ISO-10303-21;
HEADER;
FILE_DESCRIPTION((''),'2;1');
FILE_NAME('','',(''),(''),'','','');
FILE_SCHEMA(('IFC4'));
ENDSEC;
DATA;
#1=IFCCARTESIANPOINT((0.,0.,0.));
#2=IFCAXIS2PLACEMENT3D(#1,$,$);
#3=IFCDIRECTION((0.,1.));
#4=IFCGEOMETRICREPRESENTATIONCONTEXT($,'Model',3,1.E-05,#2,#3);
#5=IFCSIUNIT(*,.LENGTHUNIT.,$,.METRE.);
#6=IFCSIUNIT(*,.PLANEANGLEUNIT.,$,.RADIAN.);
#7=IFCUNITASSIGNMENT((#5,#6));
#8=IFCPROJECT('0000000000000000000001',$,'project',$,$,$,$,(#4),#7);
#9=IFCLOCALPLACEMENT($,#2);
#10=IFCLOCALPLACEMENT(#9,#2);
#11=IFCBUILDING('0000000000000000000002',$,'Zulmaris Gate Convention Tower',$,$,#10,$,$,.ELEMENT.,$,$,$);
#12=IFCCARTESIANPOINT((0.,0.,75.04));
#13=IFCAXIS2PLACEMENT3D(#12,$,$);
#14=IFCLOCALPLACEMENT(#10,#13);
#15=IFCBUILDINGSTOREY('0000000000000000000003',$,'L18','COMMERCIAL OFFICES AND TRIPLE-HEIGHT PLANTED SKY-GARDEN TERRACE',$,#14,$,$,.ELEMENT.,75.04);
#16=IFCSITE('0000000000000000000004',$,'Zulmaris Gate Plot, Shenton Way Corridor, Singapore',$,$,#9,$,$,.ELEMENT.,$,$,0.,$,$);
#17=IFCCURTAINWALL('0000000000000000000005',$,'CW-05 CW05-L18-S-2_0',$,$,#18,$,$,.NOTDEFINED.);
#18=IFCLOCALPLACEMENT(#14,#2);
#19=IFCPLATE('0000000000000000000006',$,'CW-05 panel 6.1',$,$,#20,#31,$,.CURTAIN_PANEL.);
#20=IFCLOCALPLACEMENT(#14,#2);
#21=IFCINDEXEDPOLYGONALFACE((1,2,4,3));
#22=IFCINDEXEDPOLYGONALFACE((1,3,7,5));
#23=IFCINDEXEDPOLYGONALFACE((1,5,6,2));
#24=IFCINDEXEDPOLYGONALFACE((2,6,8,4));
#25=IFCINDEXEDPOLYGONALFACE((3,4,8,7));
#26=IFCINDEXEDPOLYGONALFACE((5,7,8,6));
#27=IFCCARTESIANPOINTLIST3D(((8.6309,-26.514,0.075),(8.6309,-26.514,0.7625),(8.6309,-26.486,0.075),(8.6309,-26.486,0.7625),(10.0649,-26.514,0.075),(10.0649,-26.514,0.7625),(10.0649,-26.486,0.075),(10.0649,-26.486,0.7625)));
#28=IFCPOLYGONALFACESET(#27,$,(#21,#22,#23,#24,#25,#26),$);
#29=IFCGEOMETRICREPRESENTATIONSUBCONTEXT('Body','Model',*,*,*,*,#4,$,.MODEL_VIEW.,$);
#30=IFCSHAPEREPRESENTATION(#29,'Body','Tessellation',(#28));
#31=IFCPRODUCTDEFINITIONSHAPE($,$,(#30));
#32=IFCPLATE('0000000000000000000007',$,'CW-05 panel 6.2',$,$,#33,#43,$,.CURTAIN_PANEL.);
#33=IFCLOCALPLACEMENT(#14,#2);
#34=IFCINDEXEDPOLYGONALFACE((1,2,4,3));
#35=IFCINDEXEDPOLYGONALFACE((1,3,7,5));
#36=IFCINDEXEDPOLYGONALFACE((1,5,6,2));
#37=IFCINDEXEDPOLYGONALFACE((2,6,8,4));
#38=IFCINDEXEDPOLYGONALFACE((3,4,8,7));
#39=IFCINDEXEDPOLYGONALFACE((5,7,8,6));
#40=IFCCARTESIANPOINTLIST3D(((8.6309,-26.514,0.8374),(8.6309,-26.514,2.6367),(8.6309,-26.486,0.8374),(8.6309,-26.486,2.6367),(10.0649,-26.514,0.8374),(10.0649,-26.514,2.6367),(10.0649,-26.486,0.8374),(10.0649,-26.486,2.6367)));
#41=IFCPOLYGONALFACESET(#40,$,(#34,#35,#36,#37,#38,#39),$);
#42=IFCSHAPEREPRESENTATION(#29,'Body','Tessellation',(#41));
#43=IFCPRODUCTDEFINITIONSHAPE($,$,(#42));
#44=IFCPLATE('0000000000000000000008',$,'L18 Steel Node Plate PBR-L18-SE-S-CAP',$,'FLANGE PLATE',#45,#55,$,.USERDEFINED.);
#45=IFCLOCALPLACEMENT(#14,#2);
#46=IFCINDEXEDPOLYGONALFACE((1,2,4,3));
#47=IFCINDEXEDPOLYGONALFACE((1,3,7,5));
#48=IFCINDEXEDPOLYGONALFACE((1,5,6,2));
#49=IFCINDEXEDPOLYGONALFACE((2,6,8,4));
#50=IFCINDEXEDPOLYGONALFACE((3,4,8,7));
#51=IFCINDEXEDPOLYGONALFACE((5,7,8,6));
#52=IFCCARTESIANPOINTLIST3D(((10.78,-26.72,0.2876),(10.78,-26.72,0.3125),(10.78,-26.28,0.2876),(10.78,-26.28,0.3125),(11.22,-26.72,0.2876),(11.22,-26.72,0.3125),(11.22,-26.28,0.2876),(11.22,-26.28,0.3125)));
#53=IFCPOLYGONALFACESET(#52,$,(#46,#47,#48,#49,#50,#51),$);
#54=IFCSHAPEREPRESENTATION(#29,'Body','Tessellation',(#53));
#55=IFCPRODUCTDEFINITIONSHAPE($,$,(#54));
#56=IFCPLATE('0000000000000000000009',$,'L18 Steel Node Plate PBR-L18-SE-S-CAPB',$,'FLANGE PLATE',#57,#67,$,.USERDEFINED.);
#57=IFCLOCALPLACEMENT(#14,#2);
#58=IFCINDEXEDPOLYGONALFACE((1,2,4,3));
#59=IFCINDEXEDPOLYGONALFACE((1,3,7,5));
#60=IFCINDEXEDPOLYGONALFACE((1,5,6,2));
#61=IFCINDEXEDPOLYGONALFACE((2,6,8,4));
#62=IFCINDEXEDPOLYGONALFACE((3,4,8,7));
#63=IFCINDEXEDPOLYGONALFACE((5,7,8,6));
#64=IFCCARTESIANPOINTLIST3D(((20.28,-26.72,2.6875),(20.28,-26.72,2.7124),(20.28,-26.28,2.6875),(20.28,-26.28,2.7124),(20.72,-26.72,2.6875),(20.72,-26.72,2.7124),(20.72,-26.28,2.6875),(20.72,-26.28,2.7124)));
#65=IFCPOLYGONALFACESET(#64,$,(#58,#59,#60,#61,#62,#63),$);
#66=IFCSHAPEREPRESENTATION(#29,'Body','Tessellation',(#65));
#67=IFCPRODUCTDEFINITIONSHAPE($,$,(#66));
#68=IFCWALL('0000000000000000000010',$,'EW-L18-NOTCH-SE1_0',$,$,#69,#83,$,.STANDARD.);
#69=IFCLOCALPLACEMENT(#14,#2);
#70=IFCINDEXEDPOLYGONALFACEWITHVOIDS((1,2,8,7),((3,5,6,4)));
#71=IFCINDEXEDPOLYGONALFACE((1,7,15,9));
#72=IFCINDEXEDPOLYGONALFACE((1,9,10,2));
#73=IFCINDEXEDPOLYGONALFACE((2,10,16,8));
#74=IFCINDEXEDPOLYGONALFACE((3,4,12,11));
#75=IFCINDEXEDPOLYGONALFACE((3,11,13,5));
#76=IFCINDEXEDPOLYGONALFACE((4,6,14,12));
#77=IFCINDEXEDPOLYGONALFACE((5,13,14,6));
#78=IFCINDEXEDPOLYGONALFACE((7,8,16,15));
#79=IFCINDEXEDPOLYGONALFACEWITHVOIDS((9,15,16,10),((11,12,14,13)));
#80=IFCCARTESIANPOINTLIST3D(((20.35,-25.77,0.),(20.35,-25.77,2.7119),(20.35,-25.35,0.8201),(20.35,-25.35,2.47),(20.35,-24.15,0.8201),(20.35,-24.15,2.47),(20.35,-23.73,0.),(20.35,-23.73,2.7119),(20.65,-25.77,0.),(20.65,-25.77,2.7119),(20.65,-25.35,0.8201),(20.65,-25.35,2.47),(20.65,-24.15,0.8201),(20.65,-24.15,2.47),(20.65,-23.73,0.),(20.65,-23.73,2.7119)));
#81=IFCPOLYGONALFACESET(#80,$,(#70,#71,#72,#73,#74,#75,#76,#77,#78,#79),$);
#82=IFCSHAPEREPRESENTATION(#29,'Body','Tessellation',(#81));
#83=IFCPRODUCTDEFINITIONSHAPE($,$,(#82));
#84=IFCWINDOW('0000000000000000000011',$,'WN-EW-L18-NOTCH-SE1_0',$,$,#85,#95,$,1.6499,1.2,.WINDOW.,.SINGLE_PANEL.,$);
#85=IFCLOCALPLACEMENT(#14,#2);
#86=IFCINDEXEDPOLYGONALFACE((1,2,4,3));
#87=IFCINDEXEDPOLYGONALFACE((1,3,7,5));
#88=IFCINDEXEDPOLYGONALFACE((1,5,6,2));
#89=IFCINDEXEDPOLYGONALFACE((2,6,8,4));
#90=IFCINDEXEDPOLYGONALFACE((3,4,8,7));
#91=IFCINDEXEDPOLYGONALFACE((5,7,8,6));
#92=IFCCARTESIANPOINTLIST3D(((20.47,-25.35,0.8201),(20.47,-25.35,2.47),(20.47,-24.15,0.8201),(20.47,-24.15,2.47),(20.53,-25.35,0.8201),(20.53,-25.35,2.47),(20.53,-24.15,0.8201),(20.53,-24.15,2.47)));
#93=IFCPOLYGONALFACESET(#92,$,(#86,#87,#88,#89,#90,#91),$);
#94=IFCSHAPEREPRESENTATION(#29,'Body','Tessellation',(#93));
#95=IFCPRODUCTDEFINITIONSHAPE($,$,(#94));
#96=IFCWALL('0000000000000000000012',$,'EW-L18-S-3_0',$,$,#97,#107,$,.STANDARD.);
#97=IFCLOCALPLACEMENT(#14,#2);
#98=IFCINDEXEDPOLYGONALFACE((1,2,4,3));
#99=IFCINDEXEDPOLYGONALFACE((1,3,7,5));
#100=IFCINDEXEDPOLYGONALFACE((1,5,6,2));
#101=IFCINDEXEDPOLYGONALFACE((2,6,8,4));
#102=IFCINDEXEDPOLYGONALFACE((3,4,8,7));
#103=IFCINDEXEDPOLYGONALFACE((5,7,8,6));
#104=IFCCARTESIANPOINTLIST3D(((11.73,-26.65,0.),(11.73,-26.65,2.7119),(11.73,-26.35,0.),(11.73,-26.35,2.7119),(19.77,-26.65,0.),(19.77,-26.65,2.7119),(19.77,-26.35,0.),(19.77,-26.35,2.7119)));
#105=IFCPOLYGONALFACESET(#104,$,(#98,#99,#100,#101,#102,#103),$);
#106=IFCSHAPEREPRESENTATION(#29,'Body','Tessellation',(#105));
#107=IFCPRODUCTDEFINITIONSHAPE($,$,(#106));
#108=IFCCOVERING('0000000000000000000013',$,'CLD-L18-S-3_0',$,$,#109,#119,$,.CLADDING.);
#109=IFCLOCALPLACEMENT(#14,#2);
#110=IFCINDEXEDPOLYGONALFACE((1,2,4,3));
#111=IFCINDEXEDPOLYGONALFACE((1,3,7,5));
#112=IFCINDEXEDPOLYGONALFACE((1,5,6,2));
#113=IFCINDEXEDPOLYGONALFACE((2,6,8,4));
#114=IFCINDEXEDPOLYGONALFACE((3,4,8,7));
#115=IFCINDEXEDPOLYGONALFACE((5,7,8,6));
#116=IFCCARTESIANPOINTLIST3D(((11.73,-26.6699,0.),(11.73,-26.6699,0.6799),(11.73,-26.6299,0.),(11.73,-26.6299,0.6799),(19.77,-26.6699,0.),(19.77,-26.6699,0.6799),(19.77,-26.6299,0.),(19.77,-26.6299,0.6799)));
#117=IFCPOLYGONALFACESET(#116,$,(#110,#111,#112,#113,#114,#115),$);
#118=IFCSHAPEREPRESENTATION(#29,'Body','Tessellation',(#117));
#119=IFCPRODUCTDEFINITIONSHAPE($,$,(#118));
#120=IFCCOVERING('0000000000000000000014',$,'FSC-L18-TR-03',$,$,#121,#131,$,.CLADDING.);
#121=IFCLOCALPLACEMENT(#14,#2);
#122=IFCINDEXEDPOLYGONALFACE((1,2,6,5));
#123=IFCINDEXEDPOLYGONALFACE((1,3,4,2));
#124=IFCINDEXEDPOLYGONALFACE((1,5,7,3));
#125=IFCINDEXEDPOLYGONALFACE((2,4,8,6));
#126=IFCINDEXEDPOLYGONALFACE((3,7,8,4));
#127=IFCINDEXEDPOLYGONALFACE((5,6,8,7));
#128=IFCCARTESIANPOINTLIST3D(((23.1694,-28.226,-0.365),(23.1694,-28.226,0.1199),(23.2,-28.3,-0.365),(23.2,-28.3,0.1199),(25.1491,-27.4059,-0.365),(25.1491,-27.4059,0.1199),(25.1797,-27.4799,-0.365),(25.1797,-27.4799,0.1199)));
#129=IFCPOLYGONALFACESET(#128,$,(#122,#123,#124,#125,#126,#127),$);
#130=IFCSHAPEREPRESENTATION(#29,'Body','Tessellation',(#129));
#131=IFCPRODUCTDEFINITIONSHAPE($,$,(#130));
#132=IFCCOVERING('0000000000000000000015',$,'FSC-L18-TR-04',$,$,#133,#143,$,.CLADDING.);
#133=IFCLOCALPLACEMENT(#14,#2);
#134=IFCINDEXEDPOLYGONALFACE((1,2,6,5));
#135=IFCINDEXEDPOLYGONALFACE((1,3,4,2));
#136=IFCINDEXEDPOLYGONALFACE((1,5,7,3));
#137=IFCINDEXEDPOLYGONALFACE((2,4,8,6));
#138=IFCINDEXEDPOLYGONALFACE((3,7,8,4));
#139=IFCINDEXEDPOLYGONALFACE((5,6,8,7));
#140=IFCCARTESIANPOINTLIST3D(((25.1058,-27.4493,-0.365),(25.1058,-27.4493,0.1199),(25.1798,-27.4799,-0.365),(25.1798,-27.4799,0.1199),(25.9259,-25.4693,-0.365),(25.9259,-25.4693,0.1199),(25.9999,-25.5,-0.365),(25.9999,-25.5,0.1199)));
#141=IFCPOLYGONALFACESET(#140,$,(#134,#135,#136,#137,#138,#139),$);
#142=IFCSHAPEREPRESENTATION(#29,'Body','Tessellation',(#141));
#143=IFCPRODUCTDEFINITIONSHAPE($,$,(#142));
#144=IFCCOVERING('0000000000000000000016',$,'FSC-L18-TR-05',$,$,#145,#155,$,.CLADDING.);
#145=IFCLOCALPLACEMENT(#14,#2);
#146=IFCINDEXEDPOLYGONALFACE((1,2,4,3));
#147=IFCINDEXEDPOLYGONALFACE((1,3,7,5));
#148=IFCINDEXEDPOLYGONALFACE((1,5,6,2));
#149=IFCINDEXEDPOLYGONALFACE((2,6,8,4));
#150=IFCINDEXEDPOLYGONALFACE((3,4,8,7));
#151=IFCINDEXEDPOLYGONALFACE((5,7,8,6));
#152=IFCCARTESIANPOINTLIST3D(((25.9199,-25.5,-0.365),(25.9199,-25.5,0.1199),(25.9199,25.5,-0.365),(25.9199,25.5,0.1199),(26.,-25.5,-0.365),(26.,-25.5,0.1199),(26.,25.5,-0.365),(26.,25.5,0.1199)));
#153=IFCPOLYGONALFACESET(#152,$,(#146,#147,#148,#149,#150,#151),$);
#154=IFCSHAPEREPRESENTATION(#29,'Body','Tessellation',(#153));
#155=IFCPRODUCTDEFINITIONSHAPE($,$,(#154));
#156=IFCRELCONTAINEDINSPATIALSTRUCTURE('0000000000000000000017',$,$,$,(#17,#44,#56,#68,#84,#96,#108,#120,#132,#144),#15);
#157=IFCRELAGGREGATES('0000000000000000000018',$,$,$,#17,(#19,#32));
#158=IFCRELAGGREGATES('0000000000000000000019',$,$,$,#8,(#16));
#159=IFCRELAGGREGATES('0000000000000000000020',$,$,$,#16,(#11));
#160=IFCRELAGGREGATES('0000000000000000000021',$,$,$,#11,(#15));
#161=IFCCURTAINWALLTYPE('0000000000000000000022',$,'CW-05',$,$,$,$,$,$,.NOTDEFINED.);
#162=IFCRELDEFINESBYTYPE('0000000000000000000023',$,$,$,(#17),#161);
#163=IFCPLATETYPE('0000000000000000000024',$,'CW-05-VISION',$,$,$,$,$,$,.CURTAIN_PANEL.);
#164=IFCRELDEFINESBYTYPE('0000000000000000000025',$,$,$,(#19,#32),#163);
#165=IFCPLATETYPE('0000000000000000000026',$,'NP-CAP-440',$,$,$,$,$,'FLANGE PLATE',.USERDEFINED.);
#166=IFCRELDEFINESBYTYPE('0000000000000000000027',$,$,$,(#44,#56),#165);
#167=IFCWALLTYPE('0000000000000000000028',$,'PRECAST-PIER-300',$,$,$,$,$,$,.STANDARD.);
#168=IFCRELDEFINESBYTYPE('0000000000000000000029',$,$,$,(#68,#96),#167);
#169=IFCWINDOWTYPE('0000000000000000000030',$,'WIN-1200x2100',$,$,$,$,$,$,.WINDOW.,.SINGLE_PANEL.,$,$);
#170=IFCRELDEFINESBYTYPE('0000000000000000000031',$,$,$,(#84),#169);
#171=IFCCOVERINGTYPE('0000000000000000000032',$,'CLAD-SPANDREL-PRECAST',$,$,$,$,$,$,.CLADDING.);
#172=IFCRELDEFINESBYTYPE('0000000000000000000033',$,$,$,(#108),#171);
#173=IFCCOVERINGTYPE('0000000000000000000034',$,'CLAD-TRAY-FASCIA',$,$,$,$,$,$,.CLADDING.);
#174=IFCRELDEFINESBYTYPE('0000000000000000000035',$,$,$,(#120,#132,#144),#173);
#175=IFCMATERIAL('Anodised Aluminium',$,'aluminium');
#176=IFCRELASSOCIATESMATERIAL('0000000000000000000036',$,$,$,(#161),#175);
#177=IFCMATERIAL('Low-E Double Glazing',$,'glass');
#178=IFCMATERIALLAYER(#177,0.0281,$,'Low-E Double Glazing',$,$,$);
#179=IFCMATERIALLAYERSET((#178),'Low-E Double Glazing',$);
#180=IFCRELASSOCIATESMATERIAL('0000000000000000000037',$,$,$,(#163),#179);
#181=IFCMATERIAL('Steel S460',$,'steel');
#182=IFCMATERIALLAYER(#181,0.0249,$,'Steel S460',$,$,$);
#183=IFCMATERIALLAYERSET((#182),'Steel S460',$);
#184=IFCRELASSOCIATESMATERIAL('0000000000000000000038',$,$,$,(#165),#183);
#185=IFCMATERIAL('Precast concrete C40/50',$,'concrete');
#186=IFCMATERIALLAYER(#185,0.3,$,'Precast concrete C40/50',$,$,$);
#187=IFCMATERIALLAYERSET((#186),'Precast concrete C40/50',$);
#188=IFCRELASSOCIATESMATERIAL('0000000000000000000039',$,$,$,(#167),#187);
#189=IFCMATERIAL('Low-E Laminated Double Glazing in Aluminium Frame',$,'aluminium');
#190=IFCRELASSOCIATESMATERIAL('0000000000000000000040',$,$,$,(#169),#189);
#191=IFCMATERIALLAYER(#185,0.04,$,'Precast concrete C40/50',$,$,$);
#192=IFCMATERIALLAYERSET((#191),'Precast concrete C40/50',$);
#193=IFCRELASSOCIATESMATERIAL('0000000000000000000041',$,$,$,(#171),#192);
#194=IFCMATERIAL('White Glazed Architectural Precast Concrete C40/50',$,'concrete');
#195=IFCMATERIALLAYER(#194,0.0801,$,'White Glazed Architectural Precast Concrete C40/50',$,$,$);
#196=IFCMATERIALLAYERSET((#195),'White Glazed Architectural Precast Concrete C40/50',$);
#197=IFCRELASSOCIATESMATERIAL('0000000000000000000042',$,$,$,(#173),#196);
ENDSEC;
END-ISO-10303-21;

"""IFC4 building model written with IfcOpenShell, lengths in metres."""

from ifc_helpers import new_model, si_unit, direction, frame, frame_2d, origin, origin_2d, place, context, subcontext, project, spatial, rectangle, extrude, material, layer, layer_set, type_object, element, fill, aggregate, save


model = new_model("IFC4")

# Units and contexts
model_context = context("Model", 3, precision=1e-05, world=origin(), true_north=direction((0.0, 1.0)))
body_context = subcontext(model_context, "Body", "Model", "MODEL_VIEW")
ifc_project = project(units=[si_unit("LENGTHUNIT", "METRE"), si_unit("PLANEANGLEUNIT", "RADIAN")], contexts=[model_context])

# Site, building, storey
site_placement = place(None, origin())
site = spatial("IfcSite", under=ifc_project, at=site_placement, Name="Zulmaris Gate Plot, Shenton Way Corridor, Singapore", CompositionType="ELEMENT", RefElevation=0.0)
building_placement = place(site_placement, origin())
building = spatial("IfcBuilding", under=site, at=building_placement, Name="Zulmaris Gate Convention Tower", CompositionType="ELEMENT")
storey_placement = place(building_placement, frame((0.0, 0.0, 75.04)))
storey = spatial("IfcBuildingStorey", under=building, at=storey_placement, Name="L18", Description="COMMERCIAL OFFICES AND TRIPLE-HEIGHT PLANTED SKY-GARDEN TERRACE", CompositionType="ELEMENT", Elevation=75.04)

# Shared definitions
ifc_material_1 = material(Name="Steel S460", Category="steel")

# Curtain wall, plates
ifc_material_2 = material(Name="Anodised Aluminium", Category="aluminium")
curtain_wall_type = type_object("IfcCurtainWallType", Name="CW-05", PredefinedType="NOTDEFINED", material=ifc_material_2)
curtain_wall_placement = place(storey_placement, origin())
curtain_wall = element("IfcCurtainWall", 1, at=curtain_wall_placement, inside=storey, type_object=curtain_wall_type, Name="CW-05 CW05-L18-S-2_0", PredefinedType="NOTDEFINED")
ifc_material_3 = material(Name="Low-E Double Glazing", Category="glass")
ifc_layer_1 = layer(ifc_material_3, 0.0281, Name="Low-E Double Glazing")
ifc_layer_set_1 = layer_set([ifc_layer_1], Name="Low-E Double Glazing")
plate_type_1 = type_object("IfcPlateType", Name="CW-05-VISION", PredefinedType="CURTAIN_PANEL", material=ifc_layer_set_1)
plate_1_placement = place(storey_placement, frame((9.3479, -26.5, 0.075), z_axis=(0.0, 0.0, 1.0), x_axis=(1.0, 0.0, 0.0)))
plate_1 = element("IfcPlate", 2, at=plate_1_placement, type_object=plate_type_1, Name="CW-05 panel 6.1", PredefinedType="CURTAIN_PANEL", context=body_context, shape_type="SweptSolid", body=[
    extrude(rectangle(XDim=1.4341, YDim=0.0281, at=origin_2d()), origin(), (0.0, 0.0, 1.0), 0.6875),
])
plate_2_placement = place(storey_placement, frame((9.3479, -26.5, 0.8374), z_axis=(0.0, 0.0, 1.0), x_axis=(1.0, 0.0, 0.0)))
plate_2 = element("IfcPlate", 3, at=plate_2_placement, type_object=plate_type_1, Name="CW-05 panel 6.2", PredefinedType="CURTAIN_PANEL", context=body_context, shape_type="SweptSolid", body=[
    extrude(rectangle(XDim=1.4341, YDim=0.0281, at=origin_2d()), origin(), (0.0, 0.0, 1.0), 1.7993),
])
aggregate(curtain_wall, [plate_1, plate_2])

# Plates
ifc_layer_2 = layer(ifc_material_1, 0.0249, Name="Steel S460")
ifc_layer_set_2 = layer_set([ifc_layer_2], Name="Steel S460")
plate_type_2 = type_object("IfcPlateType", Name="NP-CAP-440", ElementType="FLANGE PLATE", PredefinedType="USERDEFINED", material=ifc_layer_set_2)
for number, where, z_axis, x_axis, name in (
    (4, (11.0, -26.5, 0.2876), (0.0, 0.0, 1.0), (1.0, 0.0, 0.0), "L18 Steel Node Plate PBR-L18-SE-S-CAP"),
    (5, (20.5, -26.5, 2.6875), (0.0, 0.0, 1.0), (1.0, 0.0, 0.0), "L18 Steel Node Plate PBR-L18-SE-S-CAPB"),
):
    element("IfcPlate", number, at=place(storey_placement, frame(where, z_axis=z_axis, x_axis=x_axis)), inside=storey, type_object=plate_type_2, Name=name, ObjectType="FLANGE PLATE", PredefinedType="USERDEFINED", context=body_context, shape_type="SweptSolid", body=[
        extrude(rectangle(XDim=0.4399, YDim=0.4399, at=origin_2d()), origin(), (0.0, 0.0, 1.0), 0.0249),
    ])

# Wall, opening, window
ifc_material_4 = material(Name="Precast concrete C40/50", Category="concrete")
ifc_layer_3 = layer(ifc_material_4, 0.3, Name="Precast concrete C40/50")
ifc_layer_set_3 = layer_set([ifc_layer_3], Name="Precast concrete C40/50")
wall_type = type_object("IfcWallType", Name="PRECAST-PIER-300", PredefinedType="STANDARD", material=ifc_layer_set_3)
wall_1_placement = place(storey_placement, frame((20.5, -25.77, 0.0), z_axis=(0.0, 0.0, 1.0), x_axis=(0.0, 1.0, 0.0)))
wall_1 = element("IfcWall", 6, at=wall_1_placement, inside=storey, type_object=wall_type, Name="EW-L18-NOTCH-SE1_0", PredefinedType="STANDARD", context=body_context, shape_type="SweptSolid", body=[
    extrude(rectangle(XDim=2.04, YDim=0.3, at=frame_2d((1.02, 0.0))), origin(), (0.0, 0.0, 1.0), 2.7119),
])
opening_placement = place(wall_1_placement, frame((0.4199, 0.0, 0.8201)))
opening = element("IfcOpeningElement", 7, at=opening_placement, cuts=wall_1, PredefinedType="OPENING", context=body_context, shape_type="SweptSolid", body=[
    extrude(rectangle(XDim=1.2, YDim=1.6499, at=frame_2d((0.6001, 0.825))), frame((0.0, 0.1602, 0.0), z_axis=(0.0, -1.0, 0.0), x_axis=(1.0, 0.0, 0.0)), (0.0, 0.0, 1.0), 0.3201),
])
ifc_material_5 = material(Name="Low-E Laminated Double Glazing in Aluminium Frame", Category="aluminium")
window_type = type_object("IfcWindowType", Name="WIN-1200x2100", PartitioningType="SINGLE_PANEL", PredefinedType="WINDOW", material=ifc_material_5)
window_placement = place(opening_placement, origin())
window = element("IfcWindow", 8, at=window_placement, inside=storey, type_object=window_type, Name="WN-EW-L18-NOTCH-SE1_0", OverallHeight=1.6499, OverallWidth=1.2, PartitioningType="SINGLE_PANEL", PredefinedType="WINDOW", context=body_context, shape_type="SweptSolid", body=[
    extrude(rectangle(XDim=1.2, YDim=1.6499, at=frame_2d((0.6001, 0.825))), frame((0.0, 0.03, 0.0), z_axis=(0.0, -1.0, 0.0), x_axis=(1.0, 0.0, 0.0)), (0.0, 0.0, 1.0), 0.0601),
])
fill(opening, window)

# Wall
wall_2_placement = place(storey_placement, frame((11.73, -26.5, 0.0), z_axis=(0.0, 0.0, 1.0), x_axis=(1.0, 0.0, 0.0)))
element("IfcWall", 9, at=wall_2_placement, inside=storey, type_object=wall_type, Name="EW-L18-S-3_0", PredefinedType="STANDARD", context=body_context, shape_type="SweptSolid", body=[
    extrude(rectangle(XDim=8.04, YDim=0.3, at=frame_2d((4.02, 0.0))), origin(), (0.0, 0.0, 1.0), 2.7119),
])

# Coverings
ifc_layer_4 = layer(ifc_material_4, 0.04, Name="Precast concrete C40/50")
ifc_layer_set_4 = layer_set([ifc_layer_4], Name="Precast concrete C40/50")
covering_type_1 = type_object("IfcCoveringType", Name="CLAD-SPANDREL-PRECAST", PredefinedType="CLADDING", material=ifc_layer_set_4)
covering_1_placement = place(storey_placement, frame((11.73, -26.6499, 0.0), z_axis=(0.0, 0.0, 1.0), x_axis=(1.0, 0.0, 0.0)))
element("IfcCovering", 10, at=covering_1_placement, inside=storey, type_object=covering_type_1, Name="CLD-L18-S-3_0", PredefinedType="CLADDING", context=body_context, shape_type="SweptSolid", body=[
    extrude(rectangle(XDim=8.04, YDim=0.04, at=frame_2d((4.02, 0.0))), origin(), (0.0, 0.0, 1.0), 0.6799),
])
ifc_material_6 = material(Name="White Glazed Architectural Precast Concrete C40/50", Category="concrete")
ifc_layer_5 = layer(ifc_material_6, 0.0801, Name="White Glazed Architectural Precast Concrete C40/50")
ifc_layer_set_5 = layer_set([ifc_layer_5], Name="White Glazed Architectural Precast Concrete C40/50")
covering_type_2 = type_object("IfcCoveringType", Name="CLAD-TRAY-FASCIA", PredefinedType="CLADDING", material=ifc_layer_set_5)
covering_2_placement = place(storey_placement, frame((23.1848, -28.2629, -0.365), z_axis=(0.0, 0.0, 1.0), x_axis=(0.923874, 0.382697, 0.0)))
element("IfcCovering", 11, at=covering_2_placement, inside=storey, type_object=covering_type_2, Name="FSC-L18-TR-03", PredefinedType="CLADDING", context=body_context, shape_type="SweptSolid", body=[
    extrude(rectangle(XDim=2.1428, YDim=0.0801, at=frame_2d((1.0713, 0.0))), origin(), (0.0, 0.0, 1.0), 0.4849),
])
covering_3_placement = place(storey_placement, frame((25.1428, -27.4646, -0.365), z_axis=(0.0, 0.0, 1.0), x_axis=(0.382657, 0.92389, 0.0)))
element("IfcCovering", 12, at=covering_3_placement, inside=storey, type_object=covering_type_2, Name="FSC-L18-TR-04", PredefinedType="CLADDING", context=body_context, shape_type="SweptSolid", body=[
    extrude(rectangle(XDim=2.1431, YDim=0.0801, at=frame_2d((1.0715, 0.0))), origin(), (0.0, 0.0, 1.0), 0.4849),
])
covering_4_placement = place(storey_placement, frame((25.96, -25.5, -0.365), z_axis=(0.0, 0.0, 1.0), x_axis=(0.0, 1.0, 0.0)))
element("IfcCovering", 13, at=covering_4_placement, inside=storey, type_object=covering_type_2, Name="FSC-L18-TR-05", PredefinedType="CLADDING", context=body_context, shape_type="SweptSolid", body=[
    extrude(rectangle(XDim=51.0, YDim=0.0801, at=frame_2d((25.5, 0.0))), origin(), (0.0, 0.0, 1.0), 0.4849),
])

save(model, "model.ifc")
